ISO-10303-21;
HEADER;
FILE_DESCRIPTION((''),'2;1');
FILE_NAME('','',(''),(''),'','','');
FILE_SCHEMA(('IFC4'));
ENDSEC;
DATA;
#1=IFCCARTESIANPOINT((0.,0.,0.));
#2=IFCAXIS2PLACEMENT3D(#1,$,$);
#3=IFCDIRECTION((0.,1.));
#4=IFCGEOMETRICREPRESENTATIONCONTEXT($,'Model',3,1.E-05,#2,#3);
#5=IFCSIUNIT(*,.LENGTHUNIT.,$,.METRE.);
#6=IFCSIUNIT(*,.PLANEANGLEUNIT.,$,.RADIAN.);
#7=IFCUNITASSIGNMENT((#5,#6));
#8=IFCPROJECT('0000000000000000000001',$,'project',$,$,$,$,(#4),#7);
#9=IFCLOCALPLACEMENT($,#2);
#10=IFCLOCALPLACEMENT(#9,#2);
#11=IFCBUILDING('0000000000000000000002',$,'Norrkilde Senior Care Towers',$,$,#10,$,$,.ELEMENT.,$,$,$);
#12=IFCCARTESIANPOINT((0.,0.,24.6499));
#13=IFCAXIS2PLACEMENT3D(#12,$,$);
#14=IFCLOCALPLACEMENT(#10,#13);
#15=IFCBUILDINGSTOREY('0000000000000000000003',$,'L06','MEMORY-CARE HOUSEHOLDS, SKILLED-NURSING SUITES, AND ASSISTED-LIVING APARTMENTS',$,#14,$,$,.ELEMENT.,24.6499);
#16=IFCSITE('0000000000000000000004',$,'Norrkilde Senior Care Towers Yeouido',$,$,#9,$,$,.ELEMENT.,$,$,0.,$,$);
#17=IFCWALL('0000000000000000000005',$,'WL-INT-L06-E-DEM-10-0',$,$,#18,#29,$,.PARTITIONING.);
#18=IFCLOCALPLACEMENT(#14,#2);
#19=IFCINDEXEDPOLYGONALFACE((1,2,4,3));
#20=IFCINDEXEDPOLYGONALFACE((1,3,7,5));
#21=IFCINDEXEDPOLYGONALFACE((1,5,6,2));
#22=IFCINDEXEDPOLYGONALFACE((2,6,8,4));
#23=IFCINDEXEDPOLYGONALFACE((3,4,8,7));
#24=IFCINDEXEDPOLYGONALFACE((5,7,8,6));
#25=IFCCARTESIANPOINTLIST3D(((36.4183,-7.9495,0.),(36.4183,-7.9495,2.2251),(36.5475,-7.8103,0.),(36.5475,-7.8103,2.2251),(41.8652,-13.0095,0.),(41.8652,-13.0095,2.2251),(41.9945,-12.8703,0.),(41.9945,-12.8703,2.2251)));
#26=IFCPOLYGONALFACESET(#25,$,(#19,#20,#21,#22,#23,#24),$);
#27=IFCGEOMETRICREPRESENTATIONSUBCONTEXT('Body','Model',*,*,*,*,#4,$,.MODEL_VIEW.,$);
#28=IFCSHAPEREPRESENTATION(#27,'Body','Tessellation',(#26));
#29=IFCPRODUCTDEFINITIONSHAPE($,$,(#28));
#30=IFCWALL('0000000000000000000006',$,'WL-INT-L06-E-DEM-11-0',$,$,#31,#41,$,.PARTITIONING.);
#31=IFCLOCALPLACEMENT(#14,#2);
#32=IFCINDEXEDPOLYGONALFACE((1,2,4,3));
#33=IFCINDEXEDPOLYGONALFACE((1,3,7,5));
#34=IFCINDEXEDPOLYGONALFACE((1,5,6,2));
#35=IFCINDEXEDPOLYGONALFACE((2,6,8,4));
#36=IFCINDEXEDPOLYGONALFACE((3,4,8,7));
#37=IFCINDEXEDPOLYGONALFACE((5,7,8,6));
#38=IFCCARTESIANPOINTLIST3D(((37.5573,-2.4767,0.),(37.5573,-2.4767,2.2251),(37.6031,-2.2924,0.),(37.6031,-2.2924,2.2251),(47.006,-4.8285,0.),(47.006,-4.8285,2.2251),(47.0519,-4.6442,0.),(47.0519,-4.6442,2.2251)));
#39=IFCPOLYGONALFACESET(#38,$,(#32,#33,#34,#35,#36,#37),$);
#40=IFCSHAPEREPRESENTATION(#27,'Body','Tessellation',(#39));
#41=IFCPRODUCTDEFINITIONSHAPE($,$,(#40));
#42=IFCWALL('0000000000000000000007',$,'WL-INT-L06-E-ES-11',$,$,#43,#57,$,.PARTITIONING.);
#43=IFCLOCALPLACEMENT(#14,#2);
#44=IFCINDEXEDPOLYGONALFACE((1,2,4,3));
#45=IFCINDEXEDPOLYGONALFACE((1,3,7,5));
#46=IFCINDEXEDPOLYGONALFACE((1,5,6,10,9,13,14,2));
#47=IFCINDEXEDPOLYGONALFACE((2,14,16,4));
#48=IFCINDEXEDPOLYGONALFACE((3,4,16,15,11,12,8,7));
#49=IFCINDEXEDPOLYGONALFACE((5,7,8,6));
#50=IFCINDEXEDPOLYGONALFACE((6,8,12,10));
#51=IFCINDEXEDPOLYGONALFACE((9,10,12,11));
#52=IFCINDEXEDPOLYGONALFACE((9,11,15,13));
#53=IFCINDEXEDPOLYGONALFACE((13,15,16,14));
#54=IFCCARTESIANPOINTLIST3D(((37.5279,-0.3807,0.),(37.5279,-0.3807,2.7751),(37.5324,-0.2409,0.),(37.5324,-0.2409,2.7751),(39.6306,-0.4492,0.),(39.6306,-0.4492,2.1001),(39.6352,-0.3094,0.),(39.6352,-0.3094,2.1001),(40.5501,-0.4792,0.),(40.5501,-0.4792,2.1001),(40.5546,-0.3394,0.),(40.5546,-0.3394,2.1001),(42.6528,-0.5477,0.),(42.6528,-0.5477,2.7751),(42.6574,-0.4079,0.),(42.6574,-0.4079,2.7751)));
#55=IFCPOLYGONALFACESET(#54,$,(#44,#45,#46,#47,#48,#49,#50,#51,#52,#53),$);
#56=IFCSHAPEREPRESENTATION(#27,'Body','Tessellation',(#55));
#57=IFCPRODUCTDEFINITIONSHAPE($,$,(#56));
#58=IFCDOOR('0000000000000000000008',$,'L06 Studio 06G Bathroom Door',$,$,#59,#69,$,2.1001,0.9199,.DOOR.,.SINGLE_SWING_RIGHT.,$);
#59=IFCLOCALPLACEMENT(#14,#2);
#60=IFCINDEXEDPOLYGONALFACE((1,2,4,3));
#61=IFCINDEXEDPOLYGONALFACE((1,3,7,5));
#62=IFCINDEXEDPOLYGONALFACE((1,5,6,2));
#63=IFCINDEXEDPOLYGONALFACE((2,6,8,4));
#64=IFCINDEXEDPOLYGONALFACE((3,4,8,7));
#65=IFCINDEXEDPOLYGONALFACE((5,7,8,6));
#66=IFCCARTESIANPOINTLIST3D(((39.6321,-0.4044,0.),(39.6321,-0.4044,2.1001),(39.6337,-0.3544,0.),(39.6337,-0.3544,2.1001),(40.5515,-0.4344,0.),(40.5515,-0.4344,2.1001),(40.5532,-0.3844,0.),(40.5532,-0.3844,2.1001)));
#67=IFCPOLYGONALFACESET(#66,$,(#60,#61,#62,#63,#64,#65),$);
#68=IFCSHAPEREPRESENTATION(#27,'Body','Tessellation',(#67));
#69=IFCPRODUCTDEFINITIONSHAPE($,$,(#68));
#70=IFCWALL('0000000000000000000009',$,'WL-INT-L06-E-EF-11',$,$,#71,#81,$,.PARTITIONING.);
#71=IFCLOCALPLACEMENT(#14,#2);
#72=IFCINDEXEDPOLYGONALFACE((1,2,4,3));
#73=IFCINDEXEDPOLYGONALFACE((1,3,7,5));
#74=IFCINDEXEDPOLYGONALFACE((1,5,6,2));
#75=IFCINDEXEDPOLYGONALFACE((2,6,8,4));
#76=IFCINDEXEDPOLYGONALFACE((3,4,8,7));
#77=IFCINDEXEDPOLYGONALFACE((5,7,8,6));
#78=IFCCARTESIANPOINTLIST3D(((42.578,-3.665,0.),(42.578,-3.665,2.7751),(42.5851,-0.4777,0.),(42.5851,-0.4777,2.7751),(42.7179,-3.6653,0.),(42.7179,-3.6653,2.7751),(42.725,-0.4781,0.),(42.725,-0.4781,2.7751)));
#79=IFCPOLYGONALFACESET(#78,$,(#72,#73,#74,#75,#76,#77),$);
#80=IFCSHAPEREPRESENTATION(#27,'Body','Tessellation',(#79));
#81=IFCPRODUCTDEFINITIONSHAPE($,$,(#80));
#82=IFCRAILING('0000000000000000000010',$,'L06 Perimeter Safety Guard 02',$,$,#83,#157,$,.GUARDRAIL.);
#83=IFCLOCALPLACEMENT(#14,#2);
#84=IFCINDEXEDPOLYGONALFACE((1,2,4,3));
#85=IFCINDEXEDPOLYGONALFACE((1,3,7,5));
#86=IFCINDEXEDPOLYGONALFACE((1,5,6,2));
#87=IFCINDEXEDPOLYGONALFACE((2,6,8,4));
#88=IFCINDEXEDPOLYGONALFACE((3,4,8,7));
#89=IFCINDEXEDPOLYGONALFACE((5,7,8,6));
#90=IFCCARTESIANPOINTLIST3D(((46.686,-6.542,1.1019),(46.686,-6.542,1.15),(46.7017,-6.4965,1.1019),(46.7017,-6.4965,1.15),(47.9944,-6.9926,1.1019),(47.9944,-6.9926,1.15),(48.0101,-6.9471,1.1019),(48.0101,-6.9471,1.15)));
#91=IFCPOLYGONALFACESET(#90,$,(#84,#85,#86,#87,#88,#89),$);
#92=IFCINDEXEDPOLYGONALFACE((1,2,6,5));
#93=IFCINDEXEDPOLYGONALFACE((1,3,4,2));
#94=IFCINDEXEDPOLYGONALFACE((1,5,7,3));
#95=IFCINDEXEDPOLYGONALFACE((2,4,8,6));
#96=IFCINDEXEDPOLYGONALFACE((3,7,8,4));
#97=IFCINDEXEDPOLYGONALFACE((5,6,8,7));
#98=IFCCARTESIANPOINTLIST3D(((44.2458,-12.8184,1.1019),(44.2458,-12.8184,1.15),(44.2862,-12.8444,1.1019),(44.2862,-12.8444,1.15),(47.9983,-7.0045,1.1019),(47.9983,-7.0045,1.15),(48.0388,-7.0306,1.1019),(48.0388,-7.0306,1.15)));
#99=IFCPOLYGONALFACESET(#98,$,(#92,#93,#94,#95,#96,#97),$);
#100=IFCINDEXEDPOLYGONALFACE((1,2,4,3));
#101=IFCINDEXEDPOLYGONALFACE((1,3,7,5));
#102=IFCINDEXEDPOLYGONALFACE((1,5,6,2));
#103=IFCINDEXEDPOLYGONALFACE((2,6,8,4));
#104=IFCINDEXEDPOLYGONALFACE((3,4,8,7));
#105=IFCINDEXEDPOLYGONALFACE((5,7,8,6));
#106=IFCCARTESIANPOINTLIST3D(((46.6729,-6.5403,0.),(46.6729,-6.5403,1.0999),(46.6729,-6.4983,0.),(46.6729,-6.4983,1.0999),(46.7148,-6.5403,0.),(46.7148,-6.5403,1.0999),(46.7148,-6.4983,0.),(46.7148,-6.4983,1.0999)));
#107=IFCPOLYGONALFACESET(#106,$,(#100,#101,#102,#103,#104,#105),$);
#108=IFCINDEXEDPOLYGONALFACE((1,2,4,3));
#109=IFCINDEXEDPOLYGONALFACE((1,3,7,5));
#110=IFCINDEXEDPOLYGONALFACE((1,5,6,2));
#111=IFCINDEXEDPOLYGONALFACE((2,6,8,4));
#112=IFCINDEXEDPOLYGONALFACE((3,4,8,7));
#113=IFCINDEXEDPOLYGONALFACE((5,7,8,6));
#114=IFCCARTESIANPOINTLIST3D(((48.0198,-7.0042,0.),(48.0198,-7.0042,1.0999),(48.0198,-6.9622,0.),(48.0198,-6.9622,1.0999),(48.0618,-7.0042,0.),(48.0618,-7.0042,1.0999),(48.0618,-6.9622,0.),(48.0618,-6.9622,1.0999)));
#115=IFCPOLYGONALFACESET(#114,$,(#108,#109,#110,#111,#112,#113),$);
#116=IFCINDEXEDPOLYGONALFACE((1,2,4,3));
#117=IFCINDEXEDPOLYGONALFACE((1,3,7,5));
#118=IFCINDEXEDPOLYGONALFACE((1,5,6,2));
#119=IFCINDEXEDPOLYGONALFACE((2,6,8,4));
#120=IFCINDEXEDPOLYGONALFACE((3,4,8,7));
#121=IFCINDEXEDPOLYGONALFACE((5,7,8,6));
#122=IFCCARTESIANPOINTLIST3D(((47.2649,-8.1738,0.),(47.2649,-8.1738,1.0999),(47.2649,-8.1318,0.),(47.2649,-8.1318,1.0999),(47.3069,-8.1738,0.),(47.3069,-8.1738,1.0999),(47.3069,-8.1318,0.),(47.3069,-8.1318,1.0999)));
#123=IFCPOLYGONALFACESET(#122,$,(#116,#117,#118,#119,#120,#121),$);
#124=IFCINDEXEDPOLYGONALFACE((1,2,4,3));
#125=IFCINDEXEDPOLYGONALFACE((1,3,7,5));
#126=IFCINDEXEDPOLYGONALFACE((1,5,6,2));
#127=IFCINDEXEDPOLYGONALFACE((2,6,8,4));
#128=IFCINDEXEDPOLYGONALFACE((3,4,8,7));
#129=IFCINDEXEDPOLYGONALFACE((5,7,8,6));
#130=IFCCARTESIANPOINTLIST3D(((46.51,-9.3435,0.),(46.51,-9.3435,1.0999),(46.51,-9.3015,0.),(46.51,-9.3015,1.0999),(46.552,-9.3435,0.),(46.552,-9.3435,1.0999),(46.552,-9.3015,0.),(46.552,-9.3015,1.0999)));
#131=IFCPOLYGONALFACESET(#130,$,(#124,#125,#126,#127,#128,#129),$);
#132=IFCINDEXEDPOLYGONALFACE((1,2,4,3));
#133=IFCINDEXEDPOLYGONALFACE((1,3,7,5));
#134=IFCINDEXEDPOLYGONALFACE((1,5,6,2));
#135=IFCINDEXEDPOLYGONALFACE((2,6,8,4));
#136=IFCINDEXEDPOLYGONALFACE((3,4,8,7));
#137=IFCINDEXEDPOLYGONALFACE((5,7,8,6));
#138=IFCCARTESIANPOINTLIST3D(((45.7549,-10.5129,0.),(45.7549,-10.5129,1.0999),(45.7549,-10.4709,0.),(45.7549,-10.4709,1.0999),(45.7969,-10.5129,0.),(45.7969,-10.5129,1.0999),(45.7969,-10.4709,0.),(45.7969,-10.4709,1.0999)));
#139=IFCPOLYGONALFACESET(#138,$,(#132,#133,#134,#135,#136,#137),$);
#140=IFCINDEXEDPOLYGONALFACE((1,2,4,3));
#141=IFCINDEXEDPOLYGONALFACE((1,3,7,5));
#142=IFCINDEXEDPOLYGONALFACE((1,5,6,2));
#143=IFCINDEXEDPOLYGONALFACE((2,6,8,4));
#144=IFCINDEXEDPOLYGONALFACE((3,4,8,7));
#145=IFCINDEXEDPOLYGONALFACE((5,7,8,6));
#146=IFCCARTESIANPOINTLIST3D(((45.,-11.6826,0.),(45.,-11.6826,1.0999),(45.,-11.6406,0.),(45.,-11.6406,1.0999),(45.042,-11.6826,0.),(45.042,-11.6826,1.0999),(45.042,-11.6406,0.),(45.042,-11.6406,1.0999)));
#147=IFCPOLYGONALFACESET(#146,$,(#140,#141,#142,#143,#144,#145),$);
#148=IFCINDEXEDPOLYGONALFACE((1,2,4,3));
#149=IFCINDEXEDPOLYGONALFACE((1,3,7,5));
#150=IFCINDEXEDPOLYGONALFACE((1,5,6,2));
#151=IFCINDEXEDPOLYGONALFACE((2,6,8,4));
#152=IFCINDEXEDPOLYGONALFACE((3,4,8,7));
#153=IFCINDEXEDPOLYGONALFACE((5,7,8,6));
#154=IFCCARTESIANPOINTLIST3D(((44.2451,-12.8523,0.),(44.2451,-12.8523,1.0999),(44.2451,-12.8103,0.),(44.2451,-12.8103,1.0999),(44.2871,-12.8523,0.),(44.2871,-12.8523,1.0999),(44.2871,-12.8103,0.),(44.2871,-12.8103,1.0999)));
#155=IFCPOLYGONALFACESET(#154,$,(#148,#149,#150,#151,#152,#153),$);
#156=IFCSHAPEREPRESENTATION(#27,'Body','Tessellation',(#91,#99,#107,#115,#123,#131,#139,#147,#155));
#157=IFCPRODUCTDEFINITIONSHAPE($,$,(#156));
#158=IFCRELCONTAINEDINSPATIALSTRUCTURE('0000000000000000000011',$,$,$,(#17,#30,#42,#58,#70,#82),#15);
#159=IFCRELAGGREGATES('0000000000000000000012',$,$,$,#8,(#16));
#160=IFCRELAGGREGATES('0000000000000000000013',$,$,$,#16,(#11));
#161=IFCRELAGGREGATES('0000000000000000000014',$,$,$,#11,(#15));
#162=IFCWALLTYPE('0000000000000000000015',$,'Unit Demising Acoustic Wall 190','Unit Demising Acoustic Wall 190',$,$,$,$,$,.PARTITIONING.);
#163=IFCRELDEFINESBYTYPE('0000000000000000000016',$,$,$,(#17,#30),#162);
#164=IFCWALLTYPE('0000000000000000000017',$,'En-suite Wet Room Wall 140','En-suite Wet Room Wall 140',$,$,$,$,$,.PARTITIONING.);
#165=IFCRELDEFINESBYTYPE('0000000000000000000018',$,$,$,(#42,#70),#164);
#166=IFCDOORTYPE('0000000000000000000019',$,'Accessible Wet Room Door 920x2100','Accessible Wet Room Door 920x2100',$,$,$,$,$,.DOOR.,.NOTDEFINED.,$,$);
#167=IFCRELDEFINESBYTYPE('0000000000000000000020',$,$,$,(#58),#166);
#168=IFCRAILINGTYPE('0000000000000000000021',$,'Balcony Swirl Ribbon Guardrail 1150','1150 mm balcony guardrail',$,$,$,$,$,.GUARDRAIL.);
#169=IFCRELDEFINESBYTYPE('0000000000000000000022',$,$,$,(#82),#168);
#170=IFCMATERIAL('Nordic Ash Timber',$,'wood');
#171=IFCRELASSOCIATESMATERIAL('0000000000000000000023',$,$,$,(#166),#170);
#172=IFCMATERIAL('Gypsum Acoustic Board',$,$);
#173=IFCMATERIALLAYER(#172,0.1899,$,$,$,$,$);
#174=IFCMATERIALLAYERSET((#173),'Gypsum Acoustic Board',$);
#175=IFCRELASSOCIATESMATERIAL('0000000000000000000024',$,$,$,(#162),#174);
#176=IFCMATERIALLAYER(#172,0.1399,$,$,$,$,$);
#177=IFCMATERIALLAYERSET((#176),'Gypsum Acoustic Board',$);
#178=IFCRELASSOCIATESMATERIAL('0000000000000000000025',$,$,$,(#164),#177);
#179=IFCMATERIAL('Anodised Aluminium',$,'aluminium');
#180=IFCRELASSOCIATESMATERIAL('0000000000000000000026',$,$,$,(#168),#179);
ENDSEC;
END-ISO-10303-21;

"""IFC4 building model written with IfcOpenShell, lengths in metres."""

from ifc_helpers import new_model, si_unit, direction, frame, frame_2d, origin, origin_2d, place, context, subcontext, project, spatial, rectangle, extrude, source, transform, mapped, material, layer, layer_set, type_object, type_shapes, element, fill, save


model = new_model("IFC4")

# Units and contexts
model_context = context("Model", 3, precision=1e-05, world=origin(), true_north=direction((0.0, 1.0)))
body_context = subcontext(model_context, "Body", "Model", "MODEL_VIEW")
ifc_project = project(units=[si_unit("LENGTHUNIT", "METRE"), si_unit("PLANEANGLEUNIT", "RADIAN")], contexts=[model_context])

# Site, building, storey
site_placement = place(None, origin())
site = spatial("IfcSite", under=ifc_project, at=site_placement, Name="Norrkilde Senior Care Towers Yeouido", CompositionType="ELEMENT", RefElevation=0.0)
building_placement = place(site_placement, origin())
building = spatial("IfcBuilding", under=site, at=building_placement, Name="Norrkilde Senior Care Towers", CompositionType="ELEMENT")
storey_placement = place(building_placement, frame((0.0, 0.0, 24.6499)))
storey = spatial("IfcBuildingStorey", under=building, at=storey_placement, Name="L06", Description="MEMORY-CARE HOUSEHOLDS, SKILLED-NURSING SUITES, AND ASSISTED-LIVING APARTMENTS", CompositionType="ELEMENT", Elevation=24.6499)

# Shared definitions
ifc_material_1 = material(Name="Anodised Aluminium", Category="aluminium")

# Shared definitions
ifc_material_2 = material(Name="Gypsum Acoustic Board")
ifc_material_3 = material(Name="Nordic Ash Timber", Category="wood")
door_type_1 = type_object("IfcDoorType", Name="Accessible Wet Room Door 920x2100", Description="Accessible Wet Room Door 920x2100", OperationType="NOTDEFINED", PredefinedType="DOOR", material=ifc_material_3)
shared_shape_1 = source(origin(), body_context, "Body", "SweptSolid", [
    extrude(rectangle(XDim=0.9199, YDim=2.1001, at=frame_2d((0.46, 1.05))), frame((0.0, 0.0249, 0.0), z_axis=(0.0, -1.0, 0.0), x_axis=(1.0, 0.0, 0.0)), (0.0, 0.0, 1.0), 0.05),
])
type_shapes(door_type_1, [shared_shape_1])

# Walls
ifc_layer_1 = layer(ifc_material_2, 0.1899)
ifc_layer_set_1 = layer_set([ifc_layer_1], Name="Gypsum Acoustic Board")
wall_type_1 = type_object("IfcWallType", Name="Unit Demising Acoustic Wall 190", Description="Unit Demising Acoustic Wall 190", PredefinedType="PARTITIONING", material=ifc_layer_set_1)
shared_shape_2 = source(origin(), body_context, "Body", "SweptSolid", [
    extrude(rectangle(XDim=7.4346, YDim=0.1899, at=frame_2d((3.7173, 0.0))), origin(), (0.0, 0.0, 1.0), 2.2251),
])
wall_1_placement = place(storey_placement, frame((36.4829, -7.8799, 0.0), z_axis=(0.0, 0.0, 1.0), x_axis=(0.732652, -0.680603, 0.0)))
element("IfcWall", 1, at=wall_1_placement, inside=storey, type_object=wall_type_1, Name="WL-INT-L06-E-DEM-10-0", PredefinedType="PARTITIONING", context=body_context, shape_type="MappedRepresentation", body=[
    mapped(shared_shape_2, transform((0.0, 0.0, 0.0), x_axis=(1.0, 0.0, 0.0), y_axis=(0.0, 1.0, 0.0), z_axis=(0.0, 0.0, 1.0), scale=1.0)),
])
shared_shape_3 = source(origin(), body_context, "Body", "SweptSolid", [
    extrude(rectangle(XDim=9.7371, YDim=0.1899, at=frame_2d((4.8687, 0.0))), origin(), (0.0, 0.0, 1.0), 2.2251),
])
type_shapes(wall_type_1, [shared_shape_2, shared_shape_3])
wall_2_placement = place(storey_placement, frame((37.5801, -2.3845, 0.0), z_axis=(0.0, 0.0, 1.0), x_axis=(0.970393, -0.241533, 0.0)))
element("IfcWall", 2, at=wall_2_placement, inside=storey, type_object=wall_type_1, Name="WL-INT-L06-E-DEM-11-0", PredefinedType="PARTITIONING", context=body_context, shape_type="MappedRepresentation", body=[
    mapped(shared_shape_3, transform((0.0, 0.0, 0.0), x_axis=(1.0, 0.0, 0.0), y_axis=(0.0, 1.0, 0.0), z_axis=(0.0, 0.0, 1.0), scale=1.0)),
])

# Wall, opening, door
ifc_layer_2 = layer(ifc_material_2, 0.1399)
ifc_layer_set_2 = layer_set([ifc_layer_2], Name="Gypsum Acoustic Board")
wall_type_2 = type_object("IfcWallType", Name="En-suite Wet Room Wall 140", Description="En-suite Wet Room Wall 140", PredefinedType="PARTITIONING", material=ifc_layer_set_2)
shared_shape_4 = source(origin(), body_context, "Body", "SweptSolid", [
    extrude(rectangle(XDim=5.1277, YDim=0.1399, at=frame_2d((2.564, 0.0))), origin(), (0.0, 0.0, 1.0), 2.7751),
])
wall_3_placement = place(storey_placement, frame((37.53, -0.3108, 0.0), z_axis=(0.0, 0.0, 1.0), x_axis=(0.99947, -0.032567, 0.0)))
wall_3 = element("IfcWall", 3, at=wall_3_placement, inside=storey, type_object=wall_type_2, Name="WL-INT-L06-E-ES-11", PredefinedType="PARTITIONING", context=body_context, shape_type="MappedRepresentation", body=[
    mapped(shared_shape_4, transform((0.0, 0.0, 0.0), x_axis=(1.0, 0.0, 0.0), y_axis=(0.0, 1.0, 0.0), z_axis=(0.0, 0.0, 1.0), scale=1.0)),
])
opening_1_placement = place(wall_3_placement, frame((2.104, 0.0, 0.0)))
opening_1 = element("IfcOpeningElement", 4, at=opening_1_placement, cuts=wall_3, PredefinedType="OPENING", context=body_context, shape_type="SweptSolid", body=[
    extrude(rectangle(XDim=0.9199, YDim=2.1001, at=frame_2d((0.46, 1.05))), frame((0.0, 0.0798, 0.0), z_axis=(0.0, -1.0, 0.0), x_axis=(1.0, 0.0, 0.0)), (0.0, 0.0, 1.0), 0.1599),
])
door_1_placement = place(opening_1_placement, origin())
door_1 = element("IfcDoor", 5, at=door_1_placement, inside=storey, type_object=door_type_1, Name="L06 Studio 06G Bathroom Door", OperationType="SINGLE_SWING_RIGHT", OverallHeight=2.1001, OverallWidth=0.9199, PredefinedType="DOOR", context=body_context, shape_type="MappedRepresentation", body=[
    mapped(shared_shape_1, transform((0.0, 0.0, 0.0), x_axis=(1.0, 0.0, 0.0), y_axis=(0.0, 1.0, 0.0), z_axis=(0.0, 0.0, 1.0), scale=1.0)),
])
fill(opening_1, door_1)

# Wall
shared_shape_5 = source(origin(), body_context, "Body", "SweptSolid", [
    extrude(rectangle(XDim=3.1873, YDim=0.1399, at=frame_2d((1.5938, 0.0))), origin(), (0.0, 0.0, 1.0), 2.7751),
])
type_shapes(wall_type_2, [shared_shape_4, shared_shape_5])
wall_4_placement = place(storey_placement, frame((42.655, -0.4778, 0.0), z_axis=(0.0, 0.0, 1.0), x_axis=(-0.002221, -0.999998, 0.0)))
element("IfcWall", 6, at=wall_4_placement, inside=storey, type_object=wall_type_2, Name="WL-INT-L06-E-EF-11", PredefinedType="PARTITIONING", context=body_context, shape_type="MappedRepresentation", body=[
    mapped(shared_shape_5, transform((0.0, 0.0, 0.0), x_axis=(1.0, 0.0, 0.0), y_axis=(0.0, 1.0, 0.0), z_axis=(0.0, 0.0, 1.0), scale=1.0)),
])

# Railing
railing_type = type_object("IfcRailingType", Name="Balcony Swirl Ribbon Guardrail 1150", Description="1150 mm balcony guardrail", PredefinedType="GUARDRAIL", material=ifc_material_1)
railing_1_placement = place(storey_placement, frame((46.6938, -6.5193, 0.0)))
element("IfcRailing", 7, at=railing_1_placement, inside=storey, type_object=railing_type, Name="L06 Perimeter Safety Guard 02", PredefinedType="GUARDRAIL", context=body_context, shape_type="SweptSolid", body=[
    extrude(rectangle(XDim=0.0481, YDim=0.0481, at=origin_2d()), frame((0.0, 0.0, 1.126), z_axis=(0.9455, -0.325621, 0.0), x_axis=(0.325621, 0.9455, 0.0)), (0.0, 0.0, 1.0), 1.3838),
    extrude(rectangle(XDim=0.0481, YDim=0.0481, at=origin_2d()), frame((1.3247, -0.4983, 1.126), z_axis=(-0.542295, -0.840188, 0.0), x_axis=(0.840188, -0.542295, 0.0)), (0.0, 0.0, 1.0), 6.9197),
    extrude(rectangle(XDim=0.042, YDim=0.042, at=origin_2d()), origin(), (0.0, 0.0, 1.0), 1.0999),
    extrude(rectangle(XDim=0.042, YDim=0.042, at=origin_2d()), frame((1.3469, -0.4639, 0.0)), (0.0, 0.0, 1.0), 1.0999),
    extrude(rectangle(XDim=0.042, YDim=0.042, at=origin_2d()), frame((0.592, -1.6335, 0.0)), (0.0, 0.0, 1.0), 1.0999),
    extrude(rectangle(XDim=0.042, YDim=0.042, at=origin_2d()), frame((-0.1628, -2.8032, 0.0)), (0.0, 0.0, 1.0), 1.0999),
    extrude(rectangle(XDim=0.042, YDim=0.042, at=origin_2d()), frame((-0.918, -3.9727, 0.0)), (0.0, 0.0, 1.0), 1.0999),
    extrude(rectangle(XDim=0.042, YDim=0.042, at=origin_2d()), frame((-1.6729, -5.1423, 0.0)), (0.0, 0.0, 1.0), 1.0999),
    extrude(rectangle(XDim=0.042, YDim=0.042, at=origin_2d()), frame((-2.4277, -6.312, 0.0)), (0.0, 0.0, 1.0), 1.0999),
])

save(model, "model.ifc")
